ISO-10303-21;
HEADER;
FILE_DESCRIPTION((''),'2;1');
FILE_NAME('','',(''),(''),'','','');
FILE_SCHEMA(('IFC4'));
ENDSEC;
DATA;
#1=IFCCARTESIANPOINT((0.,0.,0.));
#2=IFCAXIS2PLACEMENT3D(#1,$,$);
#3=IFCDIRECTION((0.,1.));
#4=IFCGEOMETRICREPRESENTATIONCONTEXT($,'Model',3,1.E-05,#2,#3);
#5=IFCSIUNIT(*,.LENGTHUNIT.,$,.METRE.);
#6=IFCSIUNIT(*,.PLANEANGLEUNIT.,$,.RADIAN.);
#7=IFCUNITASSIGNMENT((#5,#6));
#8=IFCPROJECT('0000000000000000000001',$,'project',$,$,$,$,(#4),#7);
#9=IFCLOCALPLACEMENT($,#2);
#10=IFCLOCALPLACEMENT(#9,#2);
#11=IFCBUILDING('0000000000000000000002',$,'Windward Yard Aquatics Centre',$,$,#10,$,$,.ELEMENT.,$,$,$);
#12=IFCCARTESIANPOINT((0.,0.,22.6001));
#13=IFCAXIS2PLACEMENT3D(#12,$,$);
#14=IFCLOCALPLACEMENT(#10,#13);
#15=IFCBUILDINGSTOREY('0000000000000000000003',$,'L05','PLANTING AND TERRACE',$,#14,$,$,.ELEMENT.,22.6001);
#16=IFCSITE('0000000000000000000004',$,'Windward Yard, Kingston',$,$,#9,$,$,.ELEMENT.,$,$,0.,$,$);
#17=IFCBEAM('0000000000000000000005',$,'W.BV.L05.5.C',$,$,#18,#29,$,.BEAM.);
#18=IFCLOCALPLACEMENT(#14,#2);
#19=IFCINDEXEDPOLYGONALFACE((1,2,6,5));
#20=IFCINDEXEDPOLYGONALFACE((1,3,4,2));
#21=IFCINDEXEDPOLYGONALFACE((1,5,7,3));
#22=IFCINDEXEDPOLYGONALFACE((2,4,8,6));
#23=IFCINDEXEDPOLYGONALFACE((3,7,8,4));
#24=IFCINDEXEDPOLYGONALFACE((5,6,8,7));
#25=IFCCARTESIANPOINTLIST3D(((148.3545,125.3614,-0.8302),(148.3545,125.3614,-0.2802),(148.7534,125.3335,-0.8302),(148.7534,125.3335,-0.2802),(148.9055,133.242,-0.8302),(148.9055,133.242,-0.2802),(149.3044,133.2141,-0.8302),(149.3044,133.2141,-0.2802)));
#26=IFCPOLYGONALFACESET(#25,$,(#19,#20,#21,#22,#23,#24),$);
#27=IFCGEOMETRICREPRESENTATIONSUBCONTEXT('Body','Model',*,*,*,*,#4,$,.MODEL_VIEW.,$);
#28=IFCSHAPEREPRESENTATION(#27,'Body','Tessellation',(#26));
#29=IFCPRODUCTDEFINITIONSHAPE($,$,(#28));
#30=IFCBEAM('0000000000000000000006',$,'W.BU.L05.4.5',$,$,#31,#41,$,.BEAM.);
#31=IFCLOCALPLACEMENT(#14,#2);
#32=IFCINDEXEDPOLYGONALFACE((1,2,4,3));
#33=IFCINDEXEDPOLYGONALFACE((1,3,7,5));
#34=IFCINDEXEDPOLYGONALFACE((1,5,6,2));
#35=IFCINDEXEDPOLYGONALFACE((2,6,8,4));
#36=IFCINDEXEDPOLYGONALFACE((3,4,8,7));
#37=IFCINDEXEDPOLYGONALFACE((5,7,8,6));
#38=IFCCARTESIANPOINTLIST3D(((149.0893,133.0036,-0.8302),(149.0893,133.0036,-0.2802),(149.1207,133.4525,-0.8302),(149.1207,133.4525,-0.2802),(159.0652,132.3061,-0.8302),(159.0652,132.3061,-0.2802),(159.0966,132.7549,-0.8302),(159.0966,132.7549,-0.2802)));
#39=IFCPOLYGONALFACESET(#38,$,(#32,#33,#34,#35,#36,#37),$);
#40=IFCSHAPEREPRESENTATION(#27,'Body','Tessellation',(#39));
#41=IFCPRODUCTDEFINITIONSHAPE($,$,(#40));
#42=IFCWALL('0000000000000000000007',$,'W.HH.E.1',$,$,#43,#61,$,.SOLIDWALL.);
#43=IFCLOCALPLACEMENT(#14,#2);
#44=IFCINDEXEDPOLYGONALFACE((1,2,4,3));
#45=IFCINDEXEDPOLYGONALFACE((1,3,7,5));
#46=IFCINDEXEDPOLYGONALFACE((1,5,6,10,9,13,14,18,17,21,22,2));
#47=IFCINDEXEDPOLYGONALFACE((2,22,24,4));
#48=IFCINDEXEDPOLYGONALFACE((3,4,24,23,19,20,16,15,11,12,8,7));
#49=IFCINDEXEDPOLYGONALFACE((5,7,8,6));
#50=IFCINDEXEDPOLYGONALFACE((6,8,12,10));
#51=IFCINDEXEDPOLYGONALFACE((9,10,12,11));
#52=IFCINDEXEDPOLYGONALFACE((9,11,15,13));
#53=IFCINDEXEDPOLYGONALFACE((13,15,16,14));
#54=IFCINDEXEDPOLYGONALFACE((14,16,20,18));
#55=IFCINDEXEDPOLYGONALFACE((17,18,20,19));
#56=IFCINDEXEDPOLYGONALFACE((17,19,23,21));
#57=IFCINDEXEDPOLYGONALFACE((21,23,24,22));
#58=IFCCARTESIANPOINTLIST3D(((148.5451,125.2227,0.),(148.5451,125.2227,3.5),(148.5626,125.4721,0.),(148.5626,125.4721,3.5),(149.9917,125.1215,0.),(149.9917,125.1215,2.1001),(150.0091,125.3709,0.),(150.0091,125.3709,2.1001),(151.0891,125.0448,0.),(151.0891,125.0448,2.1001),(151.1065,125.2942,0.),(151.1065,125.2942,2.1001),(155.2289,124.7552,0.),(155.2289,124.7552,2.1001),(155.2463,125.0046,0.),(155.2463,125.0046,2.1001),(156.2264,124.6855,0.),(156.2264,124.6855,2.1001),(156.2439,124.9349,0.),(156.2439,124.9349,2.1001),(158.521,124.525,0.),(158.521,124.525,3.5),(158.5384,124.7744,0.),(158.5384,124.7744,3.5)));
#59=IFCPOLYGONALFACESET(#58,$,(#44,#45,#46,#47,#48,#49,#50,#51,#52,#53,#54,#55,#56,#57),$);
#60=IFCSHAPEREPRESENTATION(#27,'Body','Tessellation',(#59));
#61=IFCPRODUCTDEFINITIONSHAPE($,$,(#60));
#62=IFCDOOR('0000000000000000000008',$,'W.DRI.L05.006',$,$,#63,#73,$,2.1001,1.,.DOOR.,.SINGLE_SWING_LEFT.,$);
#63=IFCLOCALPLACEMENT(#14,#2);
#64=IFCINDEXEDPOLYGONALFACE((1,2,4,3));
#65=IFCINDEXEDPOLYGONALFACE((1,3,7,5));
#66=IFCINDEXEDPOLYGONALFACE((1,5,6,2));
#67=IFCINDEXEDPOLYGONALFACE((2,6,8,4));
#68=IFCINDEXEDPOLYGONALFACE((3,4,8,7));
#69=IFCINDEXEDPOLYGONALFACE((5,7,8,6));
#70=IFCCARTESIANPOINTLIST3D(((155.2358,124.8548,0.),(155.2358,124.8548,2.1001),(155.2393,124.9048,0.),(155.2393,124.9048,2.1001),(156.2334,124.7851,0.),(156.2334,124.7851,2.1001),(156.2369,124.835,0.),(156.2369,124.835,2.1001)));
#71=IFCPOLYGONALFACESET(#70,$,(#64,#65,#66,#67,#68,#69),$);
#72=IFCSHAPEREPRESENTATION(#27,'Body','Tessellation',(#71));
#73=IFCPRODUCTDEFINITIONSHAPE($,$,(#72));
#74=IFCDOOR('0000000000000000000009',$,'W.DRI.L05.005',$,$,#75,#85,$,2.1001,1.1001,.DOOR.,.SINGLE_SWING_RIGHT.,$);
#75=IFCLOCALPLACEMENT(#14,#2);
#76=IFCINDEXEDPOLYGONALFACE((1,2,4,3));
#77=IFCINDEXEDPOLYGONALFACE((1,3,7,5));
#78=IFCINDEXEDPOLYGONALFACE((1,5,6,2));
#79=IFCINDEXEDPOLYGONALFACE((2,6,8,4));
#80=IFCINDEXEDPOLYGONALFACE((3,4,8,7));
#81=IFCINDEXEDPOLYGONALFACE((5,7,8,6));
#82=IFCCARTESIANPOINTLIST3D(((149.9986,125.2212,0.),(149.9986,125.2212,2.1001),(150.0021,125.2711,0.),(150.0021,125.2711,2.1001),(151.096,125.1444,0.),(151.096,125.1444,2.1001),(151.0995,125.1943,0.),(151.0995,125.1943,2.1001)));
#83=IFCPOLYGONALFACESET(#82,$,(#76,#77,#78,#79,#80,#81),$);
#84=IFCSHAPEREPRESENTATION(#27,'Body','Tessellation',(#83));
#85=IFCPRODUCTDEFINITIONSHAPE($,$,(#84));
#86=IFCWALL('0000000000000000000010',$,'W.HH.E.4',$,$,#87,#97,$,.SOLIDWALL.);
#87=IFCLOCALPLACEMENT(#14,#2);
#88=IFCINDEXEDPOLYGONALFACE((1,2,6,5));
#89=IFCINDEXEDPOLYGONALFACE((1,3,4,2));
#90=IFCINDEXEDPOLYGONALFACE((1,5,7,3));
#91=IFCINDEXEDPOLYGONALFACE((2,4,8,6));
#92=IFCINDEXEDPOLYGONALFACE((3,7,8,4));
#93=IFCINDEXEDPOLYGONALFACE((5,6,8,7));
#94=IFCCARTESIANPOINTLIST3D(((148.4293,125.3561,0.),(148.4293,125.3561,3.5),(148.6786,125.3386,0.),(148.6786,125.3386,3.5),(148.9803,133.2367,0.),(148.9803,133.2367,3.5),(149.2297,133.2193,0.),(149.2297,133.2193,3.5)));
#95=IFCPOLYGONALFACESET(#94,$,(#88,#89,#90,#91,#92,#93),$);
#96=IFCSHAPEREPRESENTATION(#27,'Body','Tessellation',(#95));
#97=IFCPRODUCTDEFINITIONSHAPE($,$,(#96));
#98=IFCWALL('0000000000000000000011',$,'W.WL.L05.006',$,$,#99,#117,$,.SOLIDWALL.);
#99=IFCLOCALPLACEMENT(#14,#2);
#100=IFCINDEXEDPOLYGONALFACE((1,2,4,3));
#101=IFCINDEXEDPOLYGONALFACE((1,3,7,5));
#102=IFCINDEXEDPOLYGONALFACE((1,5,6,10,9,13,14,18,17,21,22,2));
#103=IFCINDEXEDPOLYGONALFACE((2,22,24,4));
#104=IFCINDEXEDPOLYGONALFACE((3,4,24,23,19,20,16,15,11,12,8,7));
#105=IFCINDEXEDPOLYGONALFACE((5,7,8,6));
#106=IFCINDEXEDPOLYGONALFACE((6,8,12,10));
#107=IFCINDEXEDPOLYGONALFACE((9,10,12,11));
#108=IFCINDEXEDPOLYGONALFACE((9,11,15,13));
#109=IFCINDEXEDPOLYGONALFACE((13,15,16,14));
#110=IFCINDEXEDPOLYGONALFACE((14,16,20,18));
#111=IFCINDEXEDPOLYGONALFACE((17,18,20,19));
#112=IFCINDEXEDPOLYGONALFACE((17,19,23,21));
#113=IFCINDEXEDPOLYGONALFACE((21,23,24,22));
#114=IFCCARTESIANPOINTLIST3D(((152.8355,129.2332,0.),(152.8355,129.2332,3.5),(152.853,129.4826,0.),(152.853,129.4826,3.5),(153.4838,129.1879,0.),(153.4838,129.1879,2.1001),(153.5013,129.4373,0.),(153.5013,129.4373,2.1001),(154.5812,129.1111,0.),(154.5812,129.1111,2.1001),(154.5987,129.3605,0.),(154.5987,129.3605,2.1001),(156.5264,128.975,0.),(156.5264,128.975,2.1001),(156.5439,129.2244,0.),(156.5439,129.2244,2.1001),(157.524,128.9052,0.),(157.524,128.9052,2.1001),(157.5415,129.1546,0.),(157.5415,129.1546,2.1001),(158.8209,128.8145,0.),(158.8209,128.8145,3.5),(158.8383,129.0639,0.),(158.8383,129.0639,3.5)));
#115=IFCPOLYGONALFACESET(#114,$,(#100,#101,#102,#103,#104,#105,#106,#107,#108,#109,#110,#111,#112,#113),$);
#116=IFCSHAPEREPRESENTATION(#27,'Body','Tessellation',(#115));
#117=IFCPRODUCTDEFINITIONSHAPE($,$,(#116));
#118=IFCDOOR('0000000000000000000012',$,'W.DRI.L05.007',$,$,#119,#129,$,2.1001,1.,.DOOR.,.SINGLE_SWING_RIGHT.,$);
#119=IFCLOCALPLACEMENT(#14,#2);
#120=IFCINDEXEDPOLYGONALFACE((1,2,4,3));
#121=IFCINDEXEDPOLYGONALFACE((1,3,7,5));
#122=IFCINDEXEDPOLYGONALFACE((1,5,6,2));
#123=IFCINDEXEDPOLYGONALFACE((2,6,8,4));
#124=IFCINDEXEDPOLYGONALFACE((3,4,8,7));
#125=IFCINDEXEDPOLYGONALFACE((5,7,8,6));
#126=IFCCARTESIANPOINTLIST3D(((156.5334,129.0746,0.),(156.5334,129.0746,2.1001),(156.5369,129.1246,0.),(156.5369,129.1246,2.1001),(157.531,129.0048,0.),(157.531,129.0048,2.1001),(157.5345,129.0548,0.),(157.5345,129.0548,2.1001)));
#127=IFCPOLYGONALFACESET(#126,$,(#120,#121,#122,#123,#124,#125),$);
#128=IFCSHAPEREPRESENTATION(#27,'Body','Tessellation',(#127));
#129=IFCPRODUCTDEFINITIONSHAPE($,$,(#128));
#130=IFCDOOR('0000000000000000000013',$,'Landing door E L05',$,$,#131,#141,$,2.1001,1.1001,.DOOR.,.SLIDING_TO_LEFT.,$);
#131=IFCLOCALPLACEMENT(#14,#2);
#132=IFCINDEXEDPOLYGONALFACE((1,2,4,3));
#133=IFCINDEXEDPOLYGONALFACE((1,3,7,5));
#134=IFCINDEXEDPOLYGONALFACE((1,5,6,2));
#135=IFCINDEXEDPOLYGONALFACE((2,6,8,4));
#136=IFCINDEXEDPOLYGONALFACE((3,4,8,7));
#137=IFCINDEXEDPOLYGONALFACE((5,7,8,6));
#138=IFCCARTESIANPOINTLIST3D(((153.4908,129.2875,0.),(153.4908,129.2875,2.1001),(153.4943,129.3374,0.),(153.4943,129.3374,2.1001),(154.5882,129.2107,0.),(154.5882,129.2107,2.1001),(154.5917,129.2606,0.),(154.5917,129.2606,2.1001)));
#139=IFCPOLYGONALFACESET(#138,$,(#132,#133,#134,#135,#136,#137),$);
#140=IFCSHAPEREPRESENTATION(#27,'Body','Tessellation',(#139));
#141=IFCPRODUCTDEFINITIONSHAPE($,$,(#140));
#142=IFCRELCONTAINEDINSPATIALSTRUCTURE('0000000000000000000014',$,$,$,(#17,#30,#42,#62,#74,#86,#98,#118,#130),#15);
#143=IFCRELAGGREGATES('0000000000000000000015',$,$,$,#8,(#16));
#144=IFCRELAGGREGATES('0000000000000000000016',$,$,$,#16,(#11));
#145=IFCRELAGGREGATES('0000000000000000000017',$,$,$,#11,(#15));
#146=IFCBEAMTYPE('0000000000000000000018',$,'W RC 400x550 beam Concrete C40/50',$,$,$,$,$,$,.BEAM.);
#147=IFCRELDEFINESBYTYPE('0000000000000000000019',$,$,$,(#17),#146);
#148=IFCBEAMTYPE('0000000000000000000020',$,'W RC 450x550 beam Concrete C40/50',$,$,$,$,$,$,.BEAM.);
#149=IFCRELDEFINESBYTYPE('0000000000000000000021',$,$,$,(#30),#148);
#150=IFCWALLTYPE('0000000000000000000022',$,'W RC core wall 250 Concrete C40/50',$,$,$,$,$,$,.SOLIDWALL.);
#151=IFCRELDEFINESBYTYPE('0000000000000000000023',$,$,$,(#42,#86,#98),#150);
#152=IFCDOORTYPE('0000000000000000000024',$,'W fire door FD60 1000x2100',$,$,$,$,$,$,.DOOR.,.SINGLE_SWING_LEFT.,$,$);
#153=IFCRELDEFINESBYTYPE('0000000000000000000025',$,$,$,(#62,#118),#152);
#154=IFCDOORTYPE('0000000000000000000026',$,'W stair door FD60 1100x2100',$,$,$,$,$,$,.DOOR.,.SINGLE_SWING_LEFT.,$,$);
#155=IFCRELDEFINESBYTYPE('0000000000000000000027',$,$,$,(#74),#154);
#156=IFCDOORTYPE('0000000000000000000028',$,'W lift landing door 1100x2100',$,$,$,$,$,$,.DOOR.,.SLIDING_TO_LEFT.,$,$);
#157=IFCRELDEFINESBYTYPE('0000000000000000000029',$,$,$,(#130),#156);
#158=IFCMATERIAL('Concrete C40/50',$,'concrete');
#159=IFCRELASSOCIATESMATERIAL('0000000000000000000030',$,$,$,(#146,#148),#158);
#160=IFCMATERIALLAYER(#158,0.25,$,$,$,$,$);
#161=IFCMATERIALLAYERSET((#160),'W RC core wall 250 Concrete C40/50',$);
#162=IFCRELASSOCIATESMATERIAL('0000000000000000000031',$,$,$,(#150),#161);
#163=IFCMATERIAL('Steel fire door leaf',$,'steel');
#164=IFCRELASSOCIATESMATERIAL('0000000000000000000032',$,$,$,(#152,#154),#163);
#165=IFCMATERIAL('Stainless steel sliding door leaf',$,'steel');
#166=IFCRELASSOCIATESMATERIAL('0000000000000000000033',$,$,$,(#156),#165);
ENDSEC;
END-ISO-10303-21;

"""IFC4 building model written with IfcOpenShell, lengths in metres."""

from ifc_helpers import new_model, si_unit, direction, frame, frame_2d, origin, origin_2d, place, context, subcontext, project, spatial, rectangle, extrude, material, layer, layer_set, material_profile, profile_set, type_object, element, fill, save


model = new_model("IFC4")

# Units and contexts
model_context = context("Model", 3, precision=1e-05, world=origin(), true_north=direction((0.0, 1.0)))
body_context = subcontext(model_context, "Body", "Model", "MODEL_VIEW")
ifc_project = project(units=[si_unit("LENGTHUNIT", "METRE"), si_unit("PLANEANGLEUNIT", "RADIAN")], contexts=[model_context])

# Site, building, storey
site_placement = place(None, origin())
site = spatial("IfcSite", under=ifc_project, at=site_placement, Name="Windward Yard, Kingston", CompositionType="ELEMENT", RefElevation=0.0)
building_placement = place(site_placement, origin())
building = spatial("IfcBuilding", under=site, at=building_placement, Name="Windward Yard Aquatics Centre", CompositionType="ELEMENT")
storey_placement = place(building_placement, frame((0.0, 0.0, 22.6001)))
storey = spatial("IfcBuildingStorey", under=building, at=storey_placement, Name="L05", Description="PLANTING AND TERRACE", CompositionType="ELEMENT", Elevation=22.6001)

# Beams
ifc_material_1 = material(Name="Concrete C40/50", Category="concrete")
ifc_material_profile_1 = material_profile(ifc_material_1, rectangle(XDim=0.3999, YDim=0.55, at=origin_2d()), Name="RC 400x550")
ifc_profile_set_1 = profile_set([ifc_material_profile_1], Name="Concrete C40/50")
beam_type_1 = type_object("IfcBeamType", Name="W RC 400x550 beam Concrete C40/50", PredefinedType="BEAM", material=ifc_profile_set_1)
beam_1_placement = place(storey_placement, frame((148.554, 125.3474, -0.5552), z_axis=(0.069751, 0.997564, 0.0), x_axis=(-0.997564, 0.069751, 0.0)))
element("IfcBeam", 1, at=beam_1_placement, inside=storey, type_object=beam_type_1, Name="W.BV.L05.5.C", PredefinedType="BEAM", context=body_context, shape_type="SweptSolid", body=[
    extrude(rectangle(XDim=0.3999, YDim=0.55, at=origin_2d()), origin(), (0.0, 0.0, 1.0), 7.8999),
])
ifc_material_profile_2 = material_profile(ifc_material_1, rectangle(XDim=0.45, YDim=0.55, at=origin_2d()), Name="RC 450x550")
ifc_profile_set_2 = profile_set([ifc_material_profile_2], Name="Concrete C40/50")
beam_type_2 = type_object("IfcBeamType", Name="W RC 450x550 beam Concrete C40/50", PredefinedType="BEAM", material=ifc_profile_set_2)
beam_2_placement = place(storey_placement, frame((149.105, 133.228, -0.5552), z_axis=(0.997565, -0.06975, 0.0), x_axis=(0.06975, 0.997565, 0.0)))
element("IfcBeam", 2, at=beam_2_placement, inside=storey, type_object=beam_type_2, Name="W.BU.L05.4.5", PredefinedType="BEAM", context=body_context, shape_type="SweptSolid", body=[
    extrude(rectangle(XDim=0.45, YDim=0.55, at=origin_2d()), origin(), (0.0, 0.0, 1.0), 10.0002),
])

# Wall, openings, doors
ifc_layer = layer(ifc_material_1, 0.25)
ifc_layer_set = layer_set([ifc_layer], Name="W RC core wall 250 Concrete C40/50")
wall_type = type_object("IfcWallType", Name="W RC core wall 250 Concrete C40/50", PredefinedType="SOLIDWALL", material=ifc_layer_set)
wall_1_placement = place(storey_placement, frame((148.554, 125.3474, 0.0), z_axis=(0.0, 0.0, 1.0), x_axis=(0.997563, -0.069774, 0.0)))
wall_1 = element("IfcWall", 3, at=wall_1_placement, inside=storey, type_object=wall_type, Name="W.HH.E.1", PredefinedType="SOLIDWALL", context=body_context, shape_type="SweptSolid", body=[
    extrude(rectangle(XDim=10.0002, YDim=0.25, at=frame_2d((5.0, 0.0))), origin(), (0.0, 0.0, 1.0), 3.5),
])
opening_1_placement = place(wall_1_placement, frame((1.45, 0.0, 0.0)))
opening_1 = element("IfcOpeningElement", 4, at=opening_1_placement, cuts=wall_1, PredefinedType="OPENING", context=body_context, shape_type="SweptSolid", body=[
    extrude(rectangle(XDim=1.1001, YDim=2.1001, at=frame_2d((0.55, 1.05))), frame((0.0, 0.135, 0.0), z_axis=(0.0, -1.0, 0.0), x_axis=(1.0, 0.0, 0.0)), (0.0, 0.0, 1.0), 0.27),
])
opening_2_placement = place(wall_1_placement, frame((6.7, 0.0, 0.0)))
opening_2 = element("IfcOpeningElement", 5, at=opening_2_placement, cuts=wall_1, PredefinedType="OPENING", context=body_context, shape_type="SweptSolid", body=[
    extrude(rectangle(XDim=1.0, YDim=2.1001, at=frame_2d((0.5, 1.05))), frame((0.0, 0.135, 0.0), z_axis=(0.0, -1.0, 0.0), x_axis=(1.0, 0.0, 0.0)), (0.0, 0.0, 1.0), 0.27),
])
ifc_material_2 = material(Name="Steel fire door leaf", Category="steel")
door_type_1 = type_object("IfcDoorType", Name="W fire door FD60 1000x2100", OperationType="SINGLE_SWING_LEFT", PredefinedType="DOOR", material=ifc_material_2)
door_1_placement = place(opening_2_placement, origin())
door_1 = element("IfcDoor", 6, at=door_1_placement, inside=storey, type_object=door_type_1, Name="W.DRI.L05.006", OperationType="SINGLE_SWING_LEFT", OverallHeight=2.1001, OverallWidth=1.0, PredefinedType="DOOR", context=body_context, shape_type="SweptSolid", body=[
    extrude(rectangle(XDim=1.0, YDim=2.1001, at=frame_2d((0.5, 1.05))), frame((0.0, 0.0249, 0.0), z_axis=(0.0, -1.0, 0.0), x_axis=(1.0, 0.0, 0.0)), (0.0, 0.0, 1.0), 0.05),
])
fill(opening_2, door_1)
door_type_2 = type_object("IfcDoorType", Name="W stair door FD60 1100x2100", OperationType="SINGLE_SWING_LEFT", PredefinedType="DOOR", material=ifc_material_2)
door_2_placement = place(opening_1_placement, origin())
door_2 = element("IfcDoor", 7, at=door_2_placement, inside=storey, type_object=door_type_2, Name="W.DRI.L05.005", OperationType="SINGLE_SWING_RIGHT", OverallHeight=2.1001, OverallWidth=1.1001, PredefinedType="DOOR", context=body_context, shape_type="SweptSolid", body=[
    extrude(rectangle(XDim=1.1001, YDim=2.1001, at=frame_2d((0.55, 1.05))), frame((0.0, 0.0249, 0.0), z_axis=(0.0, -1.0, 0.0), x_axis=(1.0, 0.0, 0.0)), (0.0, 0.0, 1.0), 0.05),
])
fill(opening_1, door_2)

# Wall
wall_2_placement = place(storey_placement, frame((149.105, 133.228, 0.0), z_axis=(0.0, 0.0, 1.0), x_axis=(-0.069751, -0.997564, 0.0)))
element("IfcWall", 8, at=wall_2_placement, inside=storey, type_object=wall_type, Name="W.HH.E.4", PredefinedType="SOLIDWALL", context=body_context, shape_type="SweptSolid", body=[
    extrude(rectangle(XDim=7.8999, YDim=0.25, at=frame_2d((3.95, 0.0))), origin(), (0.0, 0.0, 1.0), 3.5),
])

# Wall, openings, doors
wall_3_placement = place(storey_placement, frame((152.8442, 129.3579, 0.0), z_axis=(0.0, 0.0, 1.0), x_axis=(0.997562, -0.069784, 0.0)))
wall_3 = element("IfcWall", 9, at=wall_3_placement, inside=storey, type_object=wall_type, Name="W.WL.L05.006", PredefinedType="SOLIDWALL", context=body_context, shape_type="SweptSolid", body=[
    extrude(rectangle(XDim=6.0, YDim=0.25, at=frame_2d((3.0, 0.0))), origin(), (0.0, 0.0, 1.0), 3.5),
])
opening_3_placement = place(wall_3_placement, frame((3.7, 0.0, 0.0)))
opening_3 = element("IfcOpeningElement", 10, at=opening_3_placement, cuts=wall_3, PredefinedType="OPENING", context=body_context, shape_type="SweptSolid", body=[
    extrude(rectangle(XDim=1.0, YDim=2.1001, at=frame_2d((0.5, 1.05))), frame((0.0, 0.135, 0.0), z_axis=(0.0, -1.0, 0.0), x_axis=(1.0, 0.0, 0.0)), (0.0, 0.0, 1.0), 0.27),
])
opening_4_placement = place(wall_3_placement, frame((0.6499, 0.0, 0.0)))
opening_4 = element("IfcOpeningElement", 11, at=opening_4_placement, cuts=wall_3, PredefinedType="OPENING", context=body_context, shape_type="SweptSolid", body=[
    extrude(rectangle(XDim=1.1001, YDim=2.1001, at=frame_2d((0.55, 1.05))), frame((0.0, 0.135, 0.0), z_axis=(0.0, -1.0, 0.0), x_axis=(1.0, 0.0, 0.0)), (0.0, 0.0, 1.0), 0.27),
])
door_3_placement = place(opening_3_placement, origin())
door_3 = element("IfcDoor", 12, at=door_3_placement, inside=storey, type_object=door_type_1, Name="W.DRI.L05.007", OperationType="SINGLE_SWING_RIGHT", OverallHeight=2.1001, OverallWidth=1.0, PredefinedType="DOOR", context=body_context, shape_type="SweptSolid", body=[
    extrude(rectangle(XDim=1.0, YDim=2.1001, at=frame_2d((0.5, 1.05))), frame((0.0, 0.0249, 0.0), z_axis=(0.0, -1.0, 0.0), x_axis=(1.0, 0.0, 0.0)), (0.0, 0.0, 1.0), 0.05),
])
fill(opening_3, door_3)
ifc_material_3 = material(Name="Stainless steel sliding door leaf", Category="steel")
door_type_3 = type_object("IfcDoorType", Name="W lift landing door 1100x2100", OperationType="SLIDING_TO_LEFT", PredefinedType="DOOR", material=ifc_material_3)
door_4_placement = place(opening_4_placement, origin())
door_4 = element("IfcDoor", 13, at=door_4_placement, inside=storey, type_object=door_type_3, Name="Landing door E L05", OperationType="SLIDING_TO_LEFT", OverallHeight=2.1001, OverallWidth=1.1001, PredefinedType="DOOR", context=body_context, shape_type="SweptSolid", body=[
    extrude(rectangle(XDim=1.1001, YDim=2.1001, at=frame_2d((0.55, 1.05))), frame((0.0, 0.0249, 0.0), z_axis=(0.0, -1.0, 0.0), x_axis=(1.0, 0.0, 0.0)), (0.0, 0.0, 1.0), 0.05),
])
fill(opening_4, door_4)

save(model, "model.ifc")
